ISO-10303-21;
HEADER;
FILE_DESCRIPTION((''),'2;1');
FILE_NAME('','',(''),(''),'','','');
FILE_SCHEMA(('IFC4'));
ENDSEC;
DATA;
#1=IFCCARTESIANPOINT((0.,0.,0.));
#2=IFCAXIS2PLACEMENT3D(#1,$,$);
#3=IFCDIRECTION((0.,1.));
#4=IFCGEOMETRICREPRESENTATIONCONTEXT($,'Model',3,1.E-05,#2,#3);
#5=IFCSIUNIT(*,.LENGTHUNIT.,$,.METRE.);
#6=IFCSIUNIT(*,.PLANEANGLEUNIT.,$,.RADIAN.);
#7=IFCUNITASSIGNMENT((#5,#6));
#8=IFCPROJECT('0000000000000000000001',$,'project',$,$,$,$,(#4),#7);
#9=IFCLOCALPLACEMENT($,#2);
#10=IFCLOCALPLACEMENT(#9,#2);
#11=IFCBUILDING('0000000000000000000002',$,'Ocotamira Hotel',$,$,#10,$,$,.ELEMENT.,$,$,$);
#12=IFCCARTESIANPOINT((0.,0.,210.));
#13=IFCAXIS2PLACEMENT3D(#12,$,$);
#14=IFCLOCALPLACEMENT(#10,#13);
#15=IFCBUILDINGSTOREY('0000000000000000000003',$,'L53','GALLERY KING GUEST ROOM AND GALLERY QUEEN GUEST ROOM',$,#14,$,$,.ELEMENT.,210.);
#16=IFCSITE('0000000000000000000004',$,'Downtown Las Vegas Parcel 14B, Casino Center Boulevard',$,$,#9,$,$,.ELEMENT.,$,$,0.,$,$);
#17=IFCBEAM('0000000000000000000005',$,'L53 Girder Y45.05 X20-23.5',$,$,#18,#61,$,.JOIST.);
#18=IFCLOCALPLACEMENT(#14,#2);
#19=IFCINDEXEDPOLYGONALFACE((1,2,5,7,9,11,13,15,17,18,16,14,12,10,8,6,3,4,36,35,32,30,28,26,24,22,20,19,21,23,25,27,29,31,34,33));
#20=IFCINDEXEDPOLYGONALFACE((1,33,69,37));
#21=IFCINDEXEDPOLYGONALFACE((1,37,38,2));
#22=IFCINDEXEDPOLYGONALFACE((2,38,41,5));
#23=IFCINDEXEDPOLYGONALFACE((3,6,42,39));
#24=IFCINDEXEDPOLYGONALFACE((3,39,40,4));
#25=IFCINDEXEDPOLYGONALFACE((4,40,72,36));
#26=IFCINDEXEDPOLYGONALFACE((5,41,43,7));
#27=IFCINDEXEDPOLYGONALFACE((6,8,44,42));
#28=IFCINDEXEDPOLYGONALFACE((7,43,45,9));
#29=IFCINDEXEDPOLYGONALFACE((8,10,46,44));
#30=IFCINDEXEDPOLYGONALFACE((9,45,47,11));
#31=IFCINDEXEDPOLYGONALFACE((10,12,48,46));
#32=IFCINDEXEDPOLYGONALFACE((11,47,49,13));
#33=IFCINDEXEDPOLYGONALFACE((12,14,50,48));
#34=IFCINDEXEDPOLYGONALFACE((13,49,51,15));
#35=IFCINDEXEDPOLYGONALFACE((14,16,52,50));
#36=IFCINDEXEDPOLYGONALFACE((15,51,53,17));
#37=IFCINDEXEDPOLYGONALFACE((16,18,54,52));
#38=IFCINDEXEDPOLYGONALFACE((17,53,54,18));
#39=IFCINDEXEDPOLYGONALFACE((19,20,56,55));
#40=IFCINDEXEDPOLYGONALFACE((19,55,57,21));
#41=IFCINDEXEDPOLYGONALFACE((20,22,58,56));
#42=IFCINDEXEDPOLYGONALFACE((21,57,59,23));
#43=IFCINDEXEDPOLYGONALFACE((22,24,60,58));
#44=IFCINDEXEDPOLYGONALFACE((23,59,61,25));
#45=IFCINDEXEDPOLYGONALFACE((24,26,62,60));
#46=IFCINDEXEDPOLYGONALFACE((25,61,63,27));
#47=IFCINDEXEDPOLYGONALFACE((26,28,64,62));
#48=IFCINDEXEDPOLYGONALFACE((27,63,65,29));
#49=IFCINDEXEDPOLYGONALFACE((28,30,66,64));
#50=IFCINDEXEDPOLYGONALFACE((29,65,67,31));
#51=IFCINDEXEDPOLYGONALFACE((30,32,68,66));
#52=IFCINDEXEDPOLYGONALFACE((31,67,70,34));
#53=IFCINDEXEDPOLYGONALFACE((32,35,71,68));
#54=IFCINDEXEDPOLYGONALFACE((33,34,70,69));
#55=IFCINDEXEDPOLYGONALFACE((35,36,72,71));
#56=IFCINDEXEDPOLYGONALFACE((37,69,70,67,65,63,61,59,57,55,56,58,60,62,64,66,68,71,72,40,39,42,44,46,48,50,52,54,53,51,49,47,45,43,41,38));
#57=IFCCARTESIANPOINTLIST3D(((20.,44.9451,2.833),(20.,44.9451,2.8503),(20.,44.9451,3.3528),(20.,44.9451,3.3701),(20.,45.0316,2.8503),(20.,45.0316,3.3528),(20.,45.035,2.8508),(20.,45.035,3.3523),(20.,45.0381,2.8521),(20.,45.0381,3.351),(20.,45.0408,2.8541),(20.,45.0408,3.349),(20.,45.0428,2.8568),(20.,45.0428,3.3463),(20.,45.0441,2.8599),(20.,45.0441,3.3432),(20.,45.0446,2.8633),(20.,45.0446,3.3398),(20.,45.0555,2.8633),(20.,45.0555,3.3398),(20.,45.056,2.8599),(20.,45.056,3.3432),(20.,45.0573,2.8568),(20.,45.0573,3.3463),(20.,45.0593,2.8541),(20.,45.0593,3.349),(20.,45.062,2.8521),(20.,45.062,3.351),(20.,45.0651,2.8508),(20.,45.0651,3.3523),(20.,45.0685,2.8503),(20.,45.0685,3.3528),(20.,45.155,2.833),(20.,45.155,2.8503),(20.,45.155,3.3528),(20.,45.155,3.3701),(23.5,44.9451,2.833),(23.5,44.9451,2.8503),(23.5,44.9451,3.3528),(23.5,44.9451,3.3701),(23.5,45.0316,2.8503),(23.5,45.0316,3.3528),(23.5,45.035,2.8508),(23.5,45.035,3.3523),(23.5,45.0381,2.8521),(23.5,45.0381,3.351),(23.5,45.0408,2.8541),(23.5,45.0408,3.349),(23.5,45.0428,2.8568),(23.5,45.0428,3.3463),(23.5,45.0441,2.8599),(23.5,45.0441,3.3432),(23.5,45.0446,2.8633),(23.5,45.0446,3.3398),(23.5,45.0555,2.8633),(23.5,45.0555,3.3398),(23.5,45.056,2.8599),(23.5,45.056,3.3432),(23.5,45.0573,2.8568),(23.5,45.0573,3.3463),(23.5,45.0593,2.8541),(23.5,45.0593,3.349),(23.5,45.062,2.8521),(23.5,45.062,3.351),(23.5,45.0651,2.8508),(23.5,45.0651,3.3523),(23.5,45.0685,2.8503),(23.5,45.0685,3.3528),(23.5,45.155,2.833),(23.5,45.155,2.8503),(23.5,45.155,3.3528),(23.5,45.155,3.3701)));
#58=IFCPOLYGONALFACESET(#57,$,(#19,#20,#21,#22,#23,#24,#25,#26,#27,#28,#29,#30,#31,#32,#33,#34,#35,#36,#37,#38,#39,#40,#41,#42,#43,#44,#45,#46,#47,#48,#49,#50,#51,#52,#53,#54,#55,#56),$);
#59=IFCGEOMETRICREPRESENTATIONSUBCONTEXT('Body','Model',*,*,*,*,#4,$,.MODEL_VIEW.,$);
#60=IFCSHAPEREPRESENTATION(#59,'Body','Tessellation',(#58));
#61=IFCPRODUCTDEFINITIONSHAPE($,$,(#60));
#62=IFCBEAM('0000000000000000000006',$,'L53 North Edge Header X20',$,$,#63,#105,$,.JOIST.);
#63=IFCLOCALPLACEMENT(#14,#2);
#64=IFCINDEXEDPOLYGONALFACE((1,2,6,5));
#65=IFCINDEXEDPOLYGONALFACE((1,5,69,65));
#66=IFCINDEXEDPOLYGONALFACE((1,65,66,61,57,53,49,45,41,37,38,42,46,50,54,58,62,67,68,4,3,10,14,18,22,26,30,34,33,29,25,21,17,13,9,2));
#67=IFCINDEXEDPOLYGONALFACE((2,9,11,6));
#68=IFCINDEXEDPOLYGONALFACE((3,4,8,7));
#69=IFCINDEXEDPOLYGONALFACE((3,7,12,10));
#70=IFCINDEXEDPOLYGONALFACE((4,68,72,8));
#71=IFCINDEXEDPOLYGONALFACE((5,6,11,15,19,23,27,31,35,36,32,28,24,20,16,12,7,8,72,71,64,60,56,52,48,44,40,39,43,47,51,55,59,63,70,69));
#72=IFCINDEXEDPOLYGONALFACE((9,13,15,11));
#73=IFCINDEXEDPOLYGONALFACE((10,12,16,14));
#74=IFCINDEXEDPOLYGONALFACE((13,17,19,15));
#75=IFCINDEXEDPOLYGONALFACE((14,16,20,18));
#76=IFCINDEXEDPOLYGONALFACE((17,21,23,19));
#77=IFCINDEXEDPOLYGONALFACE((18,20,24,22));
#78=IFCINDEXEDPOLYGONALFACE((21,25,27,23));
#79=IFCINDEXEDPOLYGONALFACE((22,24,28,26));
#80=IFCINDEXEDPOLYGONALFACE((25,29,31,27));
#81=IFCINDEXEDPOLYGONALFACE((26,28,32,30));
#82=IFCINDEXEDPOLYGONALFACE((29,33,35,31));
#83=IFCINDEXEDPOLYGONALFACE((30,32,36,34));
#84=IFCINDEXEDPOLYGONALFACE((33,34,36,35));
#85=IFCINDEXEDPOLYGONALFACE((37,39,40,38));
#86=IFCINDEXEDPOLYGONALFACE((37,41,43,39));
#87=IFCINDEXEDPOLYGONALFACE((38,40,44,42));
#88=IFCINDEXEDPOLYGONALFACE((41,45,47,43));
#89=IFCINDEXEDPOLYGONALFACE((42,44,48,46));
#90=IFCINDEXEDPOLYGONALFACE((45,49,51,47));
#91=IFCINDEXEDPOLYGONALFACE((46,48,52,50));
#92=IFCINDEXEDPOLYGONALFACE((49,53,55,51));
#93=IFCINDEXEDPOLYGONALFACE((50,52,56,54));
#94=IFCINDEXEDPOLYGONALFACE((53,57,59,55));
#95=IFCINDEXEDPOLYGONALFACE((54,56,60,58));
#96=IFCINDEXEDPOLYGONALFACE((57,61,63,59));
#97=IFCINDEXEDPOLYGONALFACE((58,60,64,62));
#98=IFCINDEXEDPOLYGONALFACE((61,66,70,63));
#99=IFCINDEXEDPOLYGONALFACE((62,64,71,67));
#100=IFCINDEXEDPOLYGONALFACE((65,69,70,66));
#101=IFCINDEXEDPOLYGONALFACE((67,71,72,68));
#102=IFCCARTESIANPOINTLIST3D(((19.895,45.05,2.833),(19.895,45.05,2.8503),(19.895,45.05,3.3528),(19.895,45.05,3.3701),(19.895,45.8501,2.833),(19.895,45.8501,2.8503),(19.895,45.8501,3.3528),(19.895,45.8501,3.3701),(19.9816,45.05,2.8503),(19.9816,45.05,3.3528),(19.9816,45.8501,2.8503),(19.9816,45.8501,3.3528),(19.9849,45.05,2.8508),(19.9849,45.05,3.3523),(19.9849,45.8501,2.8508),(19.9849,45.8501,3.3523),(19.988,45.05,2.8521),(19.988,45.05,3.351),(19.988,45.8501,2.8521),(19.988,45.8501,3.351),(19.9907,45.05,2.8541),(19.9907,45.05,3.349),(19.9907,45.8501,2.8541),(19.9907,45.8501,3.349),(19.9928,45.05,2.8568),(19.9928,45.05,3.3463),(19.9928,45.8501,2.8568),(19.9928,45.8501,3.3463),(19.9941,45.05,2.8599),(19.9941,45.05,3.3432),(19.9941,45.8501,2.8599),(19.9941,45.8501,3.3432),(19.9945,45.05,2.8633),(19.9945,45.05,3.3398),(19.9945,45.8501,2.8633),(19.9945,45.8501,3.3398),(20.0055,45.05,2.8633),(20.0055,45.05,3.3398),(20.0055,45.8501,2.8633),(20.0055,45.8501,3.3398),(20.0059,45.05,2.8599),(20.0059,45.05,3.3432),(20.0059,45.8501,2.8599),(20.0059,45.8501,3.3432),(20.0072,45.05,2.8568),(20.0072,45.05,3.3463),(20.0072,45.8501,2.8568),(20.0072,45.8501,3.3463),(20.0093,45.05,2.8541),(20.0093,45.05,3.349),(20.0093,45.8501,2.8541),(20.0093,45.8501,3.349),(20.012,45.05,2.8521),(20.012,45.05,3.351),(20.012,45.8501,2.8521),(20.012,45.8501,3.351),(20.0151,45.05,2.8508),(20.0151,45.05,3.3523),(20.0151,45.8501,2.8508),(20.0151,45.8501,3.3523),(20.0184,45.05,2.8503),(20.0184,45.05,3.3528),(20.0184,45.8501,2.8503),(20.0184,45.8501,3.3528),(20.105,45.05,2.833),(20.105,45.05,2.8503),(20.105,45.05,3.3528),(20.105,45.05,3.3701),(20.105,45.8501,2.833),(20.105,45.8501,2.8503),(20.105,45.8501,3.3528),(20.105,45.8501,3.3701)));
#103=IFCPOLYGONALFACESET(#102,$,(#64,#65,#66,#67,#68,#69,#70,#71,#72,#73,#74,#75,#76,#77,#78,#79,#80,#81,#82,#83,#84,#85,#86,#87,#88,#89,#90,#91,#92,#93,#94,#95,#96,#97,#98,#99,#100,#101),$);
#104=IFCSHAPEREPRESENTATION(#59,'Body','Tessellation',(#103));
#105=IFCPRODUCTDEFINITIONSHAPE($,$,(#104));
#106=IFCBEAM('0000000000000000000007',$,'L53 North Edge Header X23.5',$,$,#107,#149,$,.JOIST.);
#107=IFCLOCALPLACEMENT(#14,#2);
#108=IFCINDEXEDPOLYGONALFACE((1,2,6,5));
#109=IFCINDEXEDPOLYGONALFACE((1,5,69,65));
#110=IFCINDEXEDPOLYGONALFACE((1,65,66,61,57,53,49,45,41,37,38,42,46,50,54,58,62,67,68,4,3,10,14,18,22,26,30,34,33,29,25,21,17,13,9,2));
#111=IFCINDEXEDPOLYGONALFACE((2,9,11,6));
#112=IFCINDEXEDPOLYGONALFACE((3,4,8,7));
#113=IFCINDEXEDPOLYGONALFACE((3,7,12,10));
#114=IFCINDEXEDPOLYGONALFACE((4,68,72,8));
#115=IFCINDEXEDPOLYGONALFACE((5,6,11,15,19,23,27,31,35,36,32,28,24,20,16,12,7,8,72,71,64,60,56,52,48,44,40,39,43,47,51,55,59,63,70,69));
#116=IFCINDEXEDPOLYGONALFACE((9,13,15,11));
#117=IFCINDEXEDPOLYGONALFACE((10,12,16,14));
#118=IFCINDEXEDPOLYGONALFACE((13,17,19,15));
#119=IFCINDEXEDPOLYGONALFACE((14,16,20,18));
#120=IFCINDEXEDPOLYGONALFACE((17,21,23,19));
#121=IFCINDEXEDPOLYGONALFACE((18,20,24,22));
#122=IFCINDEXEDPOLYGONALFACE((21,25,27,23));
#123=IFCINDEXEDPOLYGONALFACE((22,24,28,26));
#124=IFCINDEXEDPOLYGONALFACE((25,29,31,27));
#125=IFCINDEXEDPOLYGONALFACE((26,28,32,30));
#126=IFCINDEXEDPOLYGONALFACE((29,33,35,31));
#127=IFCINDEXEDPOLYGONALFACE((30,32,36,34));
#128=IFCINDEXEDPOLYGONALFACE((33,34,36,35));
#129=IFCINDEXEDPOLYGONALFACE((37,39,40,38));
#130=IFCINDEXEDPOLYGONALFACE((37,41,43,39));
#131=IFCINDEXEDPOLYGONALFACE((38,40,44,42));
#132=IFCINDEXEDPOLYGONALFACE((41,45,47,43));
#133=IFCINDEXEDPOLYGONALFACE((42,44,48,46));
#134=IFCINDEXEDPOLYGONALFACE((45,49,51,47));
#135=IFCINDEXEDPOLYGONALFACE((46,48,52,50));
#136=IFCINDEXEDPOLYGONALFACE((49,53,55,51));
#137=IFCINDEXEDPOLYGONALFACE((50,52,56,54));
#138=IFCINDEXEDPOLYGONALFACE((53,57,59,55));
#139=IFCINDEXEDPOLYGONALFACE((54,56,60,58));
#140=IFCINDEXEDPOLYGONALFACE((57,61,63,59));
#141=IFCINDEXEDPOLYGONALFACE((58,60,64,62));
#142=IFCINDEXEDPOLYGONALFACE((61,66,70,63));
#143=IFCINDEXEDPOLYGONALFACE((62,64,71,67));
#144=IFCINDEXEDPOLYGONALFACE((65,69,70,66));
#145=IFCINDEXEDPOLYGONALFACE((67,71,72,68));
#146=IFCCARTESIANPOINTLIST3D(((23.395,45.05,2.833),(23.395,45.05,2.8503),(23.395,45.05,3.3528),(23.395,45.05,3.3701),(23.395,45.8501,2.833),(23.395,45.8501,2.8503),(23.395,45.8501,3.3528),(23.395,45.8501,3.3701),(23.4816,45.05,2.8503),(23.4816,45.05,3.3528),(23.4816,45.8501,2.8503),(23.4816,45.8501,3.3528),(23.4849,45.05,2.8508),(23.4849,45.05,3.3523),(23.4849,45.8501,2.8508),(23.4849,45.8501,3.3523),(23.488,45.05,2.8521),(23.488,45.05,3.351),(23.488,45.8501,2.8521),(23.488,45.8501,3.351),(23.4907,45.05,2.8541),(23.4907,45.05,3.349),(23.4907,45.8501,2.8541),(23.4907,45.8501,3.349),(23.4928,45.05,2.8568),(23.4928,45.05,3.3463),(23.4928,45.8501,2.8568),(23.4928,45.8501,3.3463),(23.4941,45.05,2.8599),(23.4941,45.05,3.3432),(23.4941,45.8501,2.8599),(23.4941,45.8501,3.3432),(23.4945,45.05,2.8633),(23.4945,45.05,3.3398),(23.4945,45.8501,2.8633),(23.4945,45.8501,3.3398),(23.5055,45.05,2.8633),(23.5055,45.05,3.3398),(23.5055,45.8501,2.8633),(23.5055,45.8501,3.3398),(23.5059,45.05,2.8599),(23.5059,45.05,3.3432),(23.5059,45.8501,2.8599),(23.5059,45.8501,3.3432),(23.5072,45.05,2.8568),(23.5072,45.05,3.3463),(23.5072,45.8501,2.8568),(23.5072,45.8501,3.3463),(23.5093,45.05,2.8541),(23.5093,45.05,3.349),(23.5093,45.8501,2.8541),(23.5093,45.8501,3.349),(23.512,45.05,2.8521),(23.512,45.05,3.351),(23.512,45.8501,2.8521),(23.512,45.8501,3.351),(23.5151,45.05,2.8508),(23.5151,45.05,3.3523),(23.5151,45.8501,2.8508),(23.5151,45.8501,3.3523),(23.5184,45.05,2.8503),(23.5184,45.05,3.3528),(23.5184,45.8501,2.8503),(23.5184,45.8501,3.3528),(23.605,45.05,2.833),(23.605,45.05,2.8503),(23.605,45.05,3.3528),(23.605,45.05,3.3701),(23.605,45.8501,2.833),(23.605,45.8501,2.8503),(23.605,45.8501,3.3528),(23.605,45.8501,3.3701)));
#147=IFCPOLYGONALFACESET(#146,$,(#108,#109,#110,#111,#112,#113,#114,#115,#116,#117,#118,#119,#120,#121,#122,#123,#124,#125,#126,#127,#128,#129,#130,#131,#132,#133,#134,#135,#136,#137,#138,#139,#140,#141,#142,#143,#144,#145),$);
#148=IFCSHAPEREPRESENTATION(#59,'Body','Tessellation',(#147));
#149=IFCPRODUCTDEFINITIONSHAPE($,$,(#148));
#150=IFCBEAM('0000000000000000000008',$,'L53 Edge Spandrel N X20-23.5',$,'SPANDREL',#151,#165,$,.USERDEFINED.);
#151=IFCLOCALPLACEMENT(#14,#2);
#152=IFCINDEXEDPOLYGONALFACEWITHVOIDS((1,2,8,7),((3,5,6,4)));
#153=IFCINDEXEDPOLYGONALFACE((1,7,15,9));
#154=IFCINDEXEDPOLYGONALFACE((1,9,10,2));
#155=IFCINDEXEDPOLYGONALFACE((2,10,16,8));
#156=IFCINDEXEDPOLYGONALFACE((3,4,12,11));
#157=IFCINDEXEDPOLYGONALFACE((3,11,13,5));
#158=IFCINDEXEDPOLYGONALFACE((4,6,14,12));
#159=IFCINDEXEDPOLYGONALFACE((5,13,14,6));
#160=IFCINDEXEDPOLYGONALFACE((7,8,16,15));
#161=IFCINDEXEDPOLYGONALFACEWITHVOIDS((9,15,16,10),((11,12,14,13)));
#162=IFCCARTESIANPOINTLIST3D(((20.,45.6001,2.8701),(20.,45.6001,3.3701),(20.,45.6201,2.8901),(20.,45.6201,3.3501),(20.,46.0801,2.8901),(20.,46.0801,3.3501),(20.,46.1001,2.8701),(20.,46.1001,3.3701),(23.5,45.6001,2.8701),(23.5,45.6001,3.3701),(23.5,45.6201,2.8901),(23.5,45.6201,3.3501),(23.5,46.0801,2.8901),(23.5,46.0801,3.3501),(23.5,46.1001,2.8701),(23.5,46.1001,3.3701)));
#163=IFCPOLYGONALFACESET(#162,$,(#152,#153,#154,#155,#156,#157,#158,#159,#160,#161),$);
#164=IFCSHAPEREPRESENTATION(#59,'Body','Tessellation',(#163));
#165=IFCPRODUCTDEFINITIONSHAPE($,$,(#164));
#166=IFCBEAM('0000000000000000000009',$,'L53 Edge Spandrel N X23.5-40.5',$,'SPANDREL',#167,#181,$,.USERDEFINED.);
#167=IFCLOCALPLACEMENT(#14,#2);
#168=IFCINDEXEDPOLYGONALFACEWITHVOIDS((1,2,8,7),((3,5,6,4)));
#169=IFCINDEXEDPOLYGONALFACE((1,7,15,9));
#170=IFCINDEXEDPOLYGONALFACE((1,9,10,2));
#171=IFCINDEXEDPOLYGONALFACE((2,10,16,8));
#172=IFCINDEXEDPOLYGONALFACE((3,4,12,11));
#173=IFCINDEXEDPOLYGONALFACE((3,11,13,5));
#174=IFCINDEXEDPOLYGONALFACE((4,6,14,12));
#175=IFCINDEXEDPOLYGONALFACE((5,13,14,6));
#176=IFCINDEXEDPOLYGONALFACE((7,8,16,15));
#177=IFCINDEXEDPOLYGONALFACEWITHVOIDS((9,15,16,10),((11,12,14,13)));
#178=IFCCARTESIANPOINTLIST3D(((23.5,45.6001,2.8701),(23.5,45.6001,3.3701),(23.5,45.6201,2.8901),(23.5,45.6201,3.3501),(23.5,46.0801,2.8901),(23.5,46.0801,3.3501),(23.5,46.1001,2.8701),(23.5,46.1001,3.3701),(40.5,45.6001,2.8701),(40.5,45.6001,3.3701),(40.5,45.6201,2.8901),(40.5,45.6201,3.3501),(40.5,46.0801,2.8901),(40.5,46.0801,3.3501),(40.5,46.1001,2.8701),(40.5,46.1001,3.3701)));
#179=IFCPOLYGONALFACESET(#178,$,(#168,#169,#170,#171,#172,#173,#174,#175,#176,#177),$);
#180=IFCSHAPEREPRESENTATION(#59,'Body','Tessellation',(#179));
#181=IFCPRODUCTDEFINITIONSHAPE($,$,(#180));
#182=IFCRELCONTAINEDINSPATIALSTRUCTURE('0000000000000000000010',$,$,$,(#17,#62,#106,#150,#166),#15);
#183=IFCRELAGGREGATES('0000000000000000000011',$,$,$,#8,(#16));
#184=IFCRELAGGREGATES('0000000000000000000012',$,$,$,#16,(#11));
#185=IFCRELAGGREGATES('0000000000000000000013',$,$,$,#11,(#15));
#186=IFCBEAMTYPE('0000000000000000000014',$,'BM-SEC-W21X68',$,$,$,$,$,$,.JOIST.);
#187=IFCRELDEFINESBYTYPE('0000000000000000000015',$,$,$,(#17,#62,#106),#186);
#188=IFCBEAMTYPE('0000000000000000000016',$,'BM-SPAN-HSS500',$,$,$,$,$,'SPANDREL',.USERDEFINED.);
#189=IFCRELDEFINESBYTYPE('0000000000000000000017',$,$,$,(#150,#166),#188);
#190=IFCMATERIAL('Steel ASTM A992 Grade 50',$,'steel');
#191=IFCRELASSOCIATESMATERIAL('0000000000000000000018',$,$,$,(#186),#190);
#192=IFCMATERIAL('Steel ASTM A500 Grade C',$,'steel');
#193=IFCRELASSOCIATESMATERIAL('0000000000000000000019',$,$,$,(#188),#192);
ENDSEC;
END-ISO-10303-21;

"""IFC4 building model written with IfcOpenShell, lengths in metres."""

from ifc_helpers import new_model, si_unit, direction, frame, origin, origin_2d, place, context, subcontext, project, spatial, hollow_rectangle, i_section, extrude, source, transform, mapped, material, material_profile, profile_set, type_object, element, save


model = new_model("IFC4")

# Units and contexts
model_context = context("Model", 3, precision=1e-05, world=origin(), true_north=direction((0.0, 1.0)))
body_context = subcontext(model_context, "Body", "Model", "MODEL_VIEW")
ifc_project = project(units=[si_unit("LENGTHUNIT", "METRE"), si_unit("PLANEANGLEUNIT", "RADIAN")], contexts=[model_context])

# Site, building, storey
site_placement = place(None, origin())
site = spatial("IfcSite", under=ifc_project, at=site_placement, Name="Downtown Las Vegas Parcel 14B, Casino Center Boulevard", CompositionType="ELEMENT", RefElevation=0.0)
building_placement = place(site_placement, origin())
building = spatial("IfcBuilding", under=site, at=building_placement, Name="Ocotamira Hotel", CompositionType="ELEMENT")
storey_placement = place(building_placement, frame((0.0, 0.0, 210.0)))
storey = spatial("IfcBuildingStorey", under=building, at=storey_placement, Name="L53", Description="GALLERY KING GUEST ROOM AND GALLERY QUEEN GUEST ROOM", CompositionType="ELEMENT", Elevation=210.0)

# Beams
ifc_material_1 = material(Name="Steel ASTM A992 Grade 50", Category="steel")
ifc_material_profile_1 = material_profile(ifc_material_1, i_section(OverallWidth=0.21, OverallDepth=0.5371, WebThickness=0.011, FlangeThickness=0.0173, FilletRadius=0.0129, at=origin_2d()), Name="W21X68")
ifc_profile_set_1 = profile_set([ifc_material_profile_1], Name="Steel ASTM A992 Grade 50")
beam_type_1 = type_object("IfcBeamType", Name="BM-SEC-W21X68", PredefinedType="JOIST", material=ifc_profile_set_1)
shared_shape_1 = source(origin(), body_context, "Body", "SweptSolid", [
    extrude(i_section(OverallWidth=0.21, OverallDepth=0.5371, WebThickness=0.011, FlangeThickness=0.0173, FilletRadius=0.0129, at=origin_2d()), origin(), (0.0, 0.0, 1.0), 3.5),
])
beam_1_placement = place(storey_placement, frame((20.0, 45.05, 3.1016), z_axis=(1.0, 0.0, 0.0), x_axis=(0.0, 1.0, 0.0)))
element("IfcBeam", 1, at=beam_1_placement, inside=storey, type_object=beam_type_1, Name="L53 Girder Y45.05 X20-23.5", PredefinedType="JOIST", context=body_context, shape_type="MappedRepresentation", body=[
    mapped(shared_shape_1, transform((0.0, 0.0, 0.0), scale=1.0)),
])
shared_shape_2 = source(origin(), body_context, "Body", "SweptSolid", [
    extrude(i_section(OverallWidth=0.21, OverallDepth=0.5371, WebThickness=0.011, FlangeThickness=0.0173, FilletRadius=0.0129, at=origin_2d()), origin(), (0.0, 0.0, 1.0), 0.8),
])
for number, where, z_axis, x_axis, name in (
    (2, (20.0, 45.05, 3.1016), (0.0, 1.0, 0.0), (-1.0, 0.0, 0.0), "L53 North Edge Header X20"),
    (3, (23.5, 45.05, 3.1016), (0.0, 1.0, 0.0), (-1.0, 0.0, 0.0), "L53 North Edge Header X23.5"),
):
    element("IfcBeam", number, at=place(storey_placement, frame(where, z_axis=z_axis, x_axis=x_axis)), inside=storey, type_object=beam_type_1, Name=name, PredefinedType="JOIST", context=body_context, shape_type="MappedRepresentation", body=[
        mapped(shared_shape_2, transform((0.0, 0.0, 0.0), scale=1.0)),
    ])
ifc_material_2 = material(Name="Steel ASTM A500 Grade C", Category="steel")
ifc_material_profile_2 = material_profile(ifc_material_2, hollow_rectangle(XDim=0.5, YDim=0.5, WallThickness=0.02, at=origin_2d()), Name="HSS500X500X20")
ifc_profile_set_2 = profile_set([ifc_material_profile_2], Name="Steel ASTM A500 Grade C")
beam_type_2 = type_object("IfcBeamType", Name="BM-SPAN-HSS500", ElementType="SPANDREL", PredefinedType="USERDEFINED", material=ifc_profile_set_2)
shared_shape_3 = source(origin(), body_context, "Body", "SweptSolid", [
    extrude(hollow_rectangle(XDim=0.5, YDim=0.5, WallThickness=0.02, at=origin_2d()), origin(), (0.0, 0.0, 1.0), 3.5),
])
beam_2_placement = place(storey_placement, frame((20.0, 45.8501, 3.1201), z_axis=(1.0, 0.0, 0.0), x_axis=(0.0, 1.0, 0.0)))
element("IfcBeam", 4, at=beam_2_placement, inside=storey, type_object=beam_type_2, Name="L53 Edge Spandrel N X20-23.5", ObjectType="SPANDREL", PredefinedType="USERDEFINED", context=body_context, shape_type="MappedRepresentation", body=[
    mapped(shared_shape_3, transform((0.0, 0.0, 0.0), scale=1.0)),
])
shared_shape_4 = source(origin(), body_context, "Body", "SweptSolid", [
    extrude(hollow_rectangle(XDim=0.5, YDim=0.5, WallThickness=0.02, at=origin_2d()), origin(), (0.0, 0.0, 1.0), 17.0),
])
beam_3_placement = place(storey_placement, frame((23.5, 45.8501, 3.1201), z_axis=(1.0, 0.0, 0.0), x_axis=(0.0, 1.0, 0.0)))
element("IfcBeam", 5, at=beam_3_placement, inside=storey, type_object=beam_type_2, Name="L53 Edge Spandrel N X23.5-40.5", ObjectType="SPANDREL", PredefinedType="USERDEFINED", context=body_context, shape_type="MappedRepresentation", body=[
    mapped(shared_shape_4, transform((0.0, 0.0, 0.0), scale=1.0)),
])

save(model, "model.ifc")
